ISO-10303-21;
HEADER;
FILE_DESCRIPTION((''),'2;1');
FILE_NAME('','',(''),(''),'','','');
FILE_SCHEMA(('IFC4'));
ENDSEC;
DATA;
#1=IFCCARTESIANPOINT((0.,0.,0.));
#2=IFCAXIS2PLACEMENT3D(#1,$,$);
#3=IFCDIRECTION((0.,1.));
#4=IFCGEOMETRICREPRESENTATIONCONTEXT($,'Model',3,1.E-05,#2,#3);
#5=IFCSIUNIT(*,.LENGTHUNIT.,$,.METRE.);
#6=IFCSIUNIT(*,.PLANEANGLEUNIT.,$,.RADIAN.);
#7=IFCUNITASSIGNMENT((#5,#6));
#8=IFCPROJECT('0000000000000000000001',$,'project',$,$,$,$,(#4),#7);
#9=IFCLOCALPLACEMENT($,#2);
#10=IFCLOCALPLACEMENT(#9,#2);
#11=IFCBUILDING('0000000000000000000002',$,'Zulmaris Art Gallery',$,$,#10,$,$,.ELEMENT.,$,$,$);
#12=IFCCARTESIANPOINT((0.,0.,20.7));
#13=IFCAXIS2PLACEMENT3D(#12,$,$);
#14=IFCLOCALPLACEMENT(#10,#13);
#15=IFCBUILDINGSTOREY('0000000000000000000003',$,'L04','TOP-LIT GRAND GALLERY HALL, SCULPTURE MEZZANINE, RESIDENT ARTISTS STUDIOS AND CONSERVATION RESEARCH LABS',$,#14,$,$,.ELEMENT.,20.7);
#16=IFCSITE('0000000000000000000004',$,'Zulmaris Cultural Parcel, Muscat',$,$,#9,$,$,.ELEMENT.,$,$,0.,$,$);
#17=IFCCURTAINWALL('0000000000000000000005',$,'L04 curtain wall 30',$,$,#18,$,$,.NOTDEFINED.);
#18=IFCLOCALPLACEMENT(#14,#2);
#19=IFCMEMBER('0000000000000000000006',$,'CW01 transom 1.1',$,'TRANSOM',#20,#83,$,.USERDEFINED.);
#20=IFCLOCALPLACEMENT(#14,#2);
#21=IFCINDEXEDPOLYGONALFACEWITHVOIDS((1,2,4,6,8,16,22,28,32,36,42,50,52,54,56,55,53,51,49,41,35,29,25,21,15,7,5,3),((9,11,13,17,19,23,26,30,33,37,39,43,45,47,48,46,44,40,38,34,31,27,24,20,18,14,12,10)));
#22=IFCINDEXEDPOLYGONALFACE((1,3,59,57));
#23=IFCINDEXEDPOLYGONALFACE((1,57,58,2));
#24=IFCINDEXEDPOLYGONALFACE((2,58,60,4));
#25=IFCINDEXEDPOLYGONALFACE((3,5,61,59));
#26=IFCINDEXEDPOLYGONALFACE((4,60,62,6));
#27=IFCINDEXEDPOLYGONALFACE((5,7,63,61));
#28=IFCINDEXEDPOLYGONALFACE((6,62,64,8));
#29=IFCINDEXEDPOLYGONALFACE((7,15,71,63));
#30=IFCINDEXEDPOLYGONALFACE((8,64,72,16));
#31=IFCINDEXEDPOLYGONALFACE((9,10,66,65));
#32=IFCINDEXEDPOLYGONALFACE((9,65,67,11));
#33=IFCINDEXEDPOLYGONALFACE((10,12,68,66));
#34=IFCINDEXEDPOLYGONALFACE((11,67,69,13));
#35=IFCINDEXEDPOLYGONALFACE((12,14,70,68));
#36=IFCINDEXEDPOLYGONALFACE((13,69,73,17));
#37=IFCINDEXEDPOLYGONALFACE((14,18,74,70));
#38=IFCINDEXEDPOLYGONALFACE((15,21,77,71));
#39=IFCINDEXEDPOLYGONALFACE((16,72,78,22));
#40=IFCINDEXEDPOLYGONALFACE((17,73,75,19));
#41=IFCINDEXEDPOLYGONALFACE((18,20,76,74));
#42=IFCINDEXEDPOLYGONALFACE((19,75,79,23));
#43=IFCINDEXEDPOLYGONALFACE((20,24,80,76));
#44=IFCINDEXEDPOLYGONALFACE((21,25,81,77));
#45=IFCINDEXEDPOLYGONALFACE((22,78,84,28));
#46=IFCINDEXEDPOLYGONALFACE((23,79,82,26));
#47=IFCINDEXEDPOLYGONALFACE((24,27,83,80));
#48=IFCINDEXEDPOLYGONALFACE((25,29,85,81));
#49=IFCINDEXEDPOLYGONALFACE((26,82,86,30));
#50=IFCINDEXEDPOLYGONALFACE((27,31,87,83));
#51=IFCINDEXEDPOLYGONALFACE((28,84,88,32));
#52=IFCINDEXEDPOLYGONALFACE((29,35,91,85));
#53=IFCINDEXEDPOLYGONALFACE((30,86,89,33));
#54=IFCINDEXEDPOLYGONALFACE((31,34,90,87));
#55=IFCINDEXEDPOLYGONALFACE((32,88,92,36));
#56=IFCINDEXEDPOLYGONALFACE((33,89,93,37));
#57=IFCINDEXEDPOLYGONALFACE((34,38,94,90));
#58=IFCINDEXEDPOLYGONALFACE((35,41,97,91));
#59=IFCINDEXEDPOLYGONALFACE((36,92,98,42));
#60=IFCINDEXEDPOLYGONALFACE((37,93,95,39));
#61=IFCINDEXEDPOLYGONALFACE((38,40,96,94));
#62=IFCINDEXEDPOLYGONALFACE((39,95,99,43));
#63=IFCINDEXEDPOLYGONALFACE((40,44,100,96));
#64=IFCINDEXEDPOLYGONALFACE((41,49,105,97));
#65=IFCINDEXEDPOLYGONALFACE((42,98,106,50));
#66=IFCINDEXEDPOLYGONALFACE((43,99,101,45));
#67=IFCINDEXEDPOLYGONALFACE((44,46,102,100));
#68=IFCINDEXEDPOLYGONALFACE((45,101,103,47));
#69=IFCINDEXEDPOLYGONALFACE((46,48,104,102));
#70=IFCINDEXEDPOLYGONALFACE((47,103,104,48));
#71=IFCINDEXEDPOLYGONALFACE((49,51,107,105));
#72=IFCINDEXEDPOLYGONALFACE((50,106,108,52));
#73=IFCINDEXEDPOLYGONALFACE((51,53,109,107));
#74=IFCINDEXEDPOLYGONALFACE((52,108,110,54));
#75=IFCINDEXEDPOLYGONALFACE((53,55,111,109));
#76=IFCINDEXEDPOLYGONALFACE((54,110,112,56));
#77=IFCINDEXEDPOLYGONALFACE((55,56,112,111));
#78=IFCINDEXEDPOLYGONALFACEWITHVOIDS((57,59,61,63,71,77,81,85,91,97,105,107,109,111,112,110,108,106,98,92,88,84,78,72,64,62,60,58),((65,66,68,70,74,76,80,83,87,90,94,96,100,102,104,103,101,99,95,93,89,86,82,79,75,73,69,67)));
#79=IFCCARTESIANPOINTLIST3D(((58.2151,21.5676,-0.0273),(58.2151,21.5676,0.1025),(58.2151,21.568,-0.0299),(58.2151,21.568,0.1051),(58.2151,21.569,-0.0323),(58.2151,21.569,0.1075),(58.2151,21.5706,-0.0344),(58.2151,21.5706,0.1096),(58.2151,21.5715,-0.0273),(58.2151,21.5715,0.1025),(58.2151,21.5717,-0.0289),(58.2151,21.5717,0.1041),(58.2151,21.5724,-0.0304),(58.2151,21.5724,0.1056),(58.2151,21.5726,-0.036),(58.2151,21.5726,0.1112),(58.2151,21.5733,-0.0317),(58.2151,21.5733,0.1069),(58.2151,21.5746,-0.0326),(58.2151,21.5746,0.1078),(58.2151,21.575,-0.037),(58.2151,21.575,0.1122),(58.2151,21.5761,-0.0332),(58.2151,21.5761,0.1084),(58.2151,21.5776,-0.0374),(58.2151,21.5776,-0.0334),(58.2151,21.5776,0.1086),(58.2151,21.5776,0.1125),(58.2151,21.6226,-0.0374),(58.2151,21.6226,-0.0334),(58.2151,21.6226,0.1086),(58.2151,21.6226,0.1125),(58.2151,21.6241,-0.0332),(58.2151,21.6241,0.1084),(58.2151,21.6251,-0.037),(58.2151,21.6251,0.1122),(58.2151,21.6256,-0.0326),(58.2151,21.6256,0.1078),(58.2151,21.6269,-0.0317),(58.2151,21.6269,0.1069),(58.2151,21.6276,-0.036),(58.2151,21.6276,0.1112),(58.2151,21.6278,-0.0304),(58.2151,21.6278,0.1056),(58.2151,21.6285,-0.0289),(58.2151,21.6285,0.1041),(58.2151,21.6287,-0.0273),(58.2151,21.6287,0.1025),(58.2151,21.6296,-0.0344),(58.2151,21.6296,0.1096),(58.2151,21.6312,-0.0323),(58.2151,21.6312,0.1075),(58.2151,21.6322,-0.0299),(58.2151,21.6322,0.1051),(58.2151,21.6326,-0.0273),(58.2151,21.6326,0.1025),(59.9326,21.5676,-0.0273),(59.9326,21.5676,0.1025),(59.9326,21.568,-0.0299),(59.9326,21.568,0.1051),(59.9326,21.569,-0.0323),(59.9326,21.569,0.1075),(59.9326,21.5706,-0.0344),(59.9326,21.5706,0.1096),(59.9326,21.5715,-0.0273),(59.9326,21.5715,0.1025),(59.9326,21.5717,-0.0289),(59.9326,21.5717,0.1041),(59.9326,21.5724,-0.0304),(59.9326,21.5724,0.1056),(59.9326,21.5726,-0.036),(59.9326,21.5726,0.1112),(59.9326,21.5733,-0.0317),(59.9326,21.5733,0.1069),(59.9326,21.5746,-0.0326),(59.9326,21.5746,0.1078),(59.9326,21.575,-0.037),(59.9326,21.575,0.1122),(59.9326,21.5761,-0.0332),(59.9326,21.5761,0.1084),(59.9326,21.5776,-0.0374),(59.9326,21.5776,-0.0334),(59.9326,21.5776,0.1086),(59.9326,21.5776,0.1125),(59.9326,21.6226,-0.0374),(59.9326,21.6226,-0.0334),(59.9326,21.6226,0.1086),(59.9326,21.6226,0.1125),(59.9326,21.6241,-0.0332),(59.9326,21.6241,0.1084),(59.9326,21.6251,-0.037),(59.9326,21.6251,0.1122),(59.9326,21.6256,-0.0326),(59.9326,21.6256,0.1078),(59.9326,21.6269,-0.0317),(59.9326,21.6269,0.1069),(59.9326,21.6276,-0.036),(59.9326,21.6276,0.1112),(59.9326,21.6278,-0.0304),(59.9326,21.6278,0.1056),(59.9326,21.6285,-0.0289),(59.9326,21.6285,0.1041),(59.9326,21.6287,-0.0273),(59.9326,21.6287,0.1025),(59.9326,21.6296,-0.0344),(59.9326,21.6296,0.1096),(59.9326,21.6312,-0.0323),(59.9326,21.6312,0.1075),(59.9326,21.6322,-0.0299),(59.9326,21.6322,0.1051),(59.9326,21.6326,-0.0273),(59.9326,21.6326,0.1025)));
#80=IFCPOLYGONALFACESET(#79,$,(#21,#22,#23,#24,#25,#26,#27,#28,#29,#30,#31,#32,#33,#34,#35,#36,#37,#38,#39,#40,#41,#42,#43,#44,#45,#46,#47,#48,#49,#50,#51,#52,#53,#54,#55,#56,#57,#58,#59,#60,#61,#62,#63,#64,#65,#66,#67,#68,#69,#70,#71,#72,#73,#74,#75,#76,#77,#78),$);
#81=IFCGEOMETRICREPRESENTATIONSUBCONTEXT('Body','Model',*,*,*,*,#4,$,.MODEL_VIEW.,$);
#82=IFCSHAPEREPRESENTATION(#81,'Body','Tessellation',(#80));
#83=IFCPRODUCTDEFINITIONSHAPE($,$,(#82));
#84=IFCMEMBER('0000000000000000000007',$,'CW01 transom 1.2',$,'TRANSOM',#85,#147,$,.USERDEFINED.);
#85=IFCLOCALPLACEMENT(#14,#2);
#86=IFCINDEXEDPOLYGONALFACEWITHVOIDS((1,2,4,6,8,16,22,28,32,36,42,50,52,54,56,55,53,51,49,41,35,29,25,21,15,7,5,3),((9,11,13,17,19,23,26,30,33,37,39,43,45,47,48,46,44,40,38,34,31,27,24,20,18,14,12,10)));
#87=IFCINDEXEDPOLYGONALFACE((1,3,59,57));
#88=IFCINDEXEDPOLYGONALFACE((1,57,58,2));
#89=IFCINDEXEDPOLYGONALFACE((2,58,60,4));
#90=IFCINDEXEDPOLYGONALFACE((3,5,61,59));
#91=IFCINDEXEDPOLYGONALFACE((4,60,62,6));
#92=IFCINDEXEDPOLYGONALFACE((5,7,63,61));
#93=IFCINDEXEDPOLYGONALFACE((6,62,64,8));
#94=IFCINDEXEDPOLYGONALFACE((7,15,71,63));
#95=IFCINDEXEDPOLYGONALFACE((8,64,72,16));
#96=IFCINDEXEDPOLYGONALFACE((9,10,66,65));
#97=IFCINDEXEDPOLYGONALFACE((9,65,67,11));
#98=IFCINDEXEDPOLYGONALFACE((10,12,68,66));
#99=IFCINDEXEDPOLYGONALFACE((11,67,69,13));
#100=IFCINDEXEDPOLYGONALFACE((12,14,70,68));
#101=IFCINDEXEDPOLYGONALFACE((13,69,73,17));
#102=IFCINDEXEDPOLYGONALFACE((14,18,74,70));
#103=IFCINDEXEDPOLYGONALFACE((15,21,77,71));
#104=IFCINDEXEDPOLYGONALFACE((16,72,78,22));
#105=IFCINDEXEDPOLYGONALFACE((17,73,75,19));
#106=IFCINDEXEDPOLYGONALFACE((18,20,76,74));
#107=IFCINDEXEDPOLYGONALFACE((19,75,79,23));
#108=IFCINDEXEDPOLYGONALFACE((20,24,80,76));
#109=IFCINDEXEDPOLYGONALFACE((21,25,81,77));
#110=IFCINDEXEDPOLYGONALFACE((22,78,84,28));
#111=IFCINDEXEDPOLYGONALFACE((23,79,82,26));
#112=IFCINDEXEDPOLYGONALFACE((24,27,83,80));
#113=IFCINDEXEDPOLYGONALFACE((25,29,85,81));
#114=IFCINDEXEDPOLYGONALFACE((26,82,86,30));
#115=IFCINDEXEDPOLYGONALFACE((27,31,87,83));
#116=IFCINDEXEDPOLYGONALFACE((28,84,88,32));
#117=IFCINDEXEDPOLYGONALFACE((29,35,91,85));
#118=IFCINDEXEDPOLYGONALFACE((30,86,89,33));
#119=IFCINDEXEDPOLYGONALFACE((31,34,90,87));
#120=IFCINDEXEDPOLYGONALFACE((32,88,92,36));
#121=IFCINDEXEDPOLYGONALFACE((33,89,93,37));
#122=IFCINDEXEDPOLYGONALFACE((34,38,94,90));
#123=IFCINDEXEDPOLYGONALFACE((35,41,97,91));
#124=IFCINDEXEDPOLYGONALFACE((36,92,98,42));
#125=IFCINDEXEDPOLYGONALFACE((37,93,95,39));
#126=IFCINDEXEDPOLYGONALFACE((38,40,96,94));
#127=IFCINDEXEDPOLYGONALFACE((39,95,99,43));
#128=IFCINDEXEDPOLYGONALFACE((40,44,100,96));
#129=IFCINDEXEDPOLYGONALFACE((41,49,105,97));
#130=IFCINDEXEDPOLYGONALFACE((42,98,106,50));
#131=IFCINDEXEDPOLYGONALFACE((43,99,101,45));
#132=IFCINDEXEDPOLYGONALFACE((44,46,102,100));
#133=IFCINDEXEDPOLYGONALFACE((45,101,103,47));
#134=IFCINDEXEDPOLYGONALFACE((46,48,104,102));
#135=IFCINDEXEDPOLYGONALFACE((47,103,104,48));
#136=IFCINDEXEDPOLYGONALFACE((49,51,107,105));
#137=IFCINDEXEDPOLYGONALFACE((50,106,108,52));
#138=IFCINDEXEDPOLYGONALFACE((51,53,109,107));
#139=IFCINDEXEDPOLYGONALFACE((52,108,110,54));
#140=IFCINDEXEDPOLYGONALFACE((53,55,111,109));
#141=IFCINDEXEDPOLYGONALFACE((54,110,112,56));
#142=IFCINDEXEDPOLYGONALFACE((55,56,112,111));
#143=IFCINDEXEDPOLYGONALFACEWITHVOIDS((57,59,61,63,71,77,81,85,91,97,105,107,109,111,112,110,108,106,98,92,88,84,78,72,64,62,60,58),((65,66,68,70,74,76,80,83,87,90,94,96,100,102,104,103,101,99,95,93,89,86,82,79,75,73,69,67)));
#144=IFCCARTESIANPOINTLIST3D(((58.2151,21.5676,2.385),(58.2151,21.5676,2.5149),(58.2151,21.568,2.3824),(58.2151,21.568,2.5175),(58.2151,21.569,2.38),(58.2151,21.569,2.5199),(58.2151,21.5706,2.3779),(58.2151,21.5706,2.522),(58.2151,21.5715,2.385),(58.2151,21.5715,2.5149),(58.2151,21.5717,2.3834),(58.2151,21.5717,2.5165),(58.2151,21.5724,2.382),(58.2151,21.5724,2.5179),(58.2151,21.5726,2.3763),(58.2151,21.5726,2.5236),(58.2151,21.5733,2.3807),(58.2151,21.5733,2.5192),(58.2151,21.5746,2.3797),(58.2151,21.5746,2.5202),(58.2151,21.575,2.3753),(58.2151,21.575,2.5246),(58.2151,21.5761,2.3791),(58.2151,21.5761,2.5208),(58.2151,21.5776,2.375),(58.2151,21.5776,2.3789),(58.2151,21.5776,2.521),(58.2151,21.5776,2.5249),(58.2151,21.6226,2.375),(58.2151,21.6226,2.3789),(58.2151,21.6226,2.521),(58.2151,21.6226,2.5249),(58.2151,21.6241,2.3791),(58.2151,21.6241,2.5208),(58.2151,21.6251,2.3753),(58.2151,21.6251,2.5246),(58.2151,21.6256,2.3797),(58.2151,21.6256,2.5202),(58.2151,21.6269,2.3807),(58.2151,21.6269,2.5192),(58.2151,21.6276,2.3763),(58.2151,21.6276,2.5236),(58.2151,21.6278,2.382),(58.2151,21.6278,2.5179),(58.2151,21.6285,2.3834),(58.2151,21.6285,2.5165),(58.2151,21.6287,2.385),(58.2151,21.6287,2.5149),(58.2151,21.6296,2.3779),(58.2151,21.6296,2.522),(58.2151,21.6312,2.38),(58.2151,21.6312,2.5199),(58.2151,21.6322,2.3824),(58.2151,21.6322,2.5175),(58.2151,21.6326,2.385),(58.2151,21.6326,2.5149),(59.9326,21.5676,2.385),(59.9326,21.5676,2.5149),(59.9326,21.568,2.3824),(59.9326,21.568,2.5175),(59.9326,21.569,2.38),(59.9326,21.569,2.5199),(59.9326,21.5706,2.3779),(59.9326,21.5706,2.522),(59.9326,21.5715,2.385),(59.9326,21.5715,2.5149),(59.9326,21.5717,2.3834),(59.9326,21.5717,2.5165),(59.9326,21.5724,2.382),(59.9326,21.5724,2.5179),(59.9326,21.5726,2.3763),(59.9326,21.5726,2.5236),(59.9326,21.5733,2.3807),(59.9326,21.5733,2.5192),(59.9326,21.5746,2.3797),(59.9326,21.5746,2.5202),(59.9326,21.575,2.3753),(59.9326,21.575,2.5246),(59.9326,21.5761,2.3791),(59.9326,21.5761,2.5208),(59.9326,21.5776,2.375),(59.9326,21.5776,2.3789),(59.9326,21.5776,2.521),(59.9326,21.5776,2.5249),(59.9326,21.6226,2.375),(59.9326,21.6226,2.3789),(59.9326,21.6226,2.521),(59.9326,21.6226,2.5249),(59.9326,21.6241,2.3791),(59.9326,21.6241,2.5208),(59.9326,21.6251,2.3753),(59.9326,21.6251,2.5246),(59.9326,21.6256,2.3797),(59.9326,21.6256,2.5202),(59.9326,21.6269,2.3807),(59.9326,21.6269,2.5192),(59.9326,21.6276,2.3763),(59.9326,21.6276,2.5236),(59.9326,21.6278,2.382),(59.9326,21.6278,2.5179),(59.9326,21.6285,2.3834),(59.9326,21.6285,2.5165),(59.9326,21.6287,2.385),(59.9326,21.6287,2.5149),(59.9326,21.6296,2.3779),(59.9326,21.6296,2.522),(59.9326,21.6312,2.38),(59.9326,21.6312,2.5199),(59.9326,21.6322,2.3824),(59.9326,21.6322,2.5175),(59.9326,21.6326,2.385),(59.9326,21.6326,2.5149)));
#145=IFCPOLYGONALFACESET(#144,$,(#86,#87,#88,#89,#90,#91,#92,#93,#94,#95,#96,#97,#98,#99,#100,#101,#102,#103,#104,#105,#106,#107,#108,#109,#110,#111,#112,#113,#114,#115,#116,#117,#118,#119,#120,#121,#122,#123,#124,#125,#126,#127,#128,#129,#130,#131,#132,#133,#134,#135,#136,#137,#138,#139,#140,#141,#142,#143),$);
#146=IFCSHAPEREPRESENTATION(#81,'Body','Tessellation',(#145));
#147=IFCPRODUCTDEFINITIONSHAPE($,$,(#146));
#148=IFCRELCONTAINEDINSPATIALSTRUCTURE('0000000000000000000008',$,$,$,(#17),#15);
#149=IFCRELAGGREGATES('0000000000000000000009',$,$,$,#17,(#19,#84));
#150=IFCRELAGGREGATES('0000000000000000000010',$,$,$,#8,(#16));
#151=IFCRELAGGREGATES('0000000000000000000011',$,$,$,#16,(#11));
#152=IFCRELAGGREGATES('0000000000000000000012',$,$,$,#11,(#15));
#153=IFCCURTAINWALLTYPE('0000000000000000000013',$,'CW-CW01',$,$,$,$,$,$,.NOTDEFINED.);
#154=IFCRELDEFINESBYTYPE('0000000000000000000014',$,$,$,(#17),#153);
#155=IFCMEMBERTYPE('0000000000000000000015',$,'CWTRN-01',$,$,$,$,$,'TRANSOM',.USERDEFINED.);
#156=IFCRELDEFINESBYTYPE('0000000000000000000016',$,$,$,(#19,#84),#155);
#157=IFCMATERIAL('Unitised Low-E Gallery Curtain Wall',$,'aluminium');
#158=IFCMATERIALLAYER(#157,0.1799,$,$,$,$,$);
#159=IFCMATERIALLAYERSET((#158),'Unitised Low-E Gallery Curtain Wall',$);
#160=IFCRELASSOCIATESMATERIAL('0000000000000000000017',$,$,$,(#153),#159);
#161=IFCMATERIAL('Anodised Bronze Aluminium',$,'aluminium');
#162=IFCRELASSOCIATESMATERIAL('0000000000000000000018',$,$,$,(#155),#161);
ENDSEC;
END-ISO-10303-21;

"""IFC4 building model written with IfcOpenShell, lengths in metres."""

from ifc_helpers import new_model, si_unit, direction, frame, origin, origin_2d, place, context, subcontext, project, spatial, hollow_rectangle, extrude, material, layer, layer_set, material_profile, profile_set, type_object, element, aggregate, save


model = new_model("IFC4")

# Units and contexts
model_context = context("Model", 3, precision=1e-05, world=origin(), true_north=direction((0.0, 1.0)))
body_context = subcontext(model_context, "Body", "Model", "MODEL_VIEW")
ifc_project = project(units=[si_unit("LENGTHUNIT", "METRE"), si_unit("PLANEANGLEUNIT", "RADIAN")], contexts=[model_context])

# Site, building, storey
site_placement = place(None, origin())
site = spatial("IfcSite", under=ifc_project, at=site_placement, Name="Zulmaris Cultural Parcel, Muscat", CompositionType="ELEMENT", RefElevation=0.0)
building_placement = place(site_placement, origin())
building = spatial("IfcBuilding", under=site, at=building_placement, Name="Zulmaris Art Gallery", CompositionType="ELEMENT")
storey_placement = place(building_placement, frame((0.0, 0.0, 20.7)))
storey = spatial("IfcBuildingStorey", under=building, at=storey_placement, Name="L04", Description="TOP-LIT GRAND GALLERY HALL, SCULPTURE MEZZANINE, RESIDENT ARTISTS STUDIOS AND CONSERVATION RESEARCH LABS", CompositionType="ELEMENT", Elevation=20.7)

# Shared definitions
ifc_material_1 = material(Name="Unitised Low-E Gallery Curtain Wall", Category="aluminium")
ifc_layer_1 = layer(ifc_material_1, 0.1799)
ifc_layer_set_1 = layer_set([ifc_layer_1], Name="Unitised Low-E Gallery Curtain Wall")
curtain_wall_type_1 = type_object("IfcCurtainWallType", Name="CW-CW01", PredefinedType="NOTDEFINED", material=ifc_layer_set_1)
ifc_material_2 = material(Name="Anodised Bronze Aluminium", Category="aluminium")

# Curtain wall
curtain_wall_1_placement = place(storey_placement, origin())
curtain_wall_1 = element("IfcCurtainWall", 1, at=curtain_wall_1_placement, inside=storey, type_object=curtain_wall_type_1, Name="L04 curtain wall 30", PredefinedType="NOTDEFINED")

# Members
ifc_material_profile_1 = material_profile(ifc_material_2, hollow_rectangle(XDim=0.0649, YDim=0.1499, WallThickness=0.0039, InnerFilletRadius=0.0061, OuterFilletRadius=0.01, at=origin_2d()), Name="ALU 65x150x4")
ifc_profile_set_1 = profile_set([ifc_material_profile_1], Name="Anodised Bronze Aluminium")
member_type_1 = type_object("IfcMemberType", Name="CWTRN-01", ElementType="TRANSOM", PredefinedType="USERDEFINED", material=ifc_profile_set_1)
member_1_placement = place(storey_placement, frame((58.2151, 21.6001, 0.0376), z_axis=(1.0, 0.0, 0.0), x_axis=(0.0, 1.0, 0.0)))
member_1 = element("IfcMember", 2, at=member_1_placement, type_object=member_type_1, Name="CW01 transom 1.1", ObjectType="TRANSOM", PredefinedType="USERDEFINED", context=body_context, shape_type="SweptSolid", body=[
    extrude(hollow_rectangle(XDim=0.0649, YDim=0.1499, WallThickness=0.0039, InnerFilletRadius=0.0061, OuterFilletRadius=0.01, at=origin_2d()), origin(), (0.0, 0.0, 1.0), 1.7175),
])
member_2_placement = place(storey_placement, frame((58.2151, 21.6001, 2.45), z_axis=(1.0, 0.0, 0.0), x_axis=(0.0, 1.0, 0.0)))
member_2 = element("IfcMember", 3, at=member_2_placement, type_object=member_type_1, Name="CW01 transom 1.2", ObjectType="TRANSOM", PredefinedType="USERDEFINED", context=body_context, shape_type="SweptSolid", body=[
    extrude(hollow_rectangle(XDim=0.0649, YDim=0.1499, WallThickness=0.0039, InnerFilletRadius=0.0061, OuterFilletRadius=0.01, at=origin_2d()), origin(), (0.0, 0.0, 1.0), 1.7175),
])
aggregate(curtain_wall_1, [member_1, member_2])

save(model, "model.ifc")
